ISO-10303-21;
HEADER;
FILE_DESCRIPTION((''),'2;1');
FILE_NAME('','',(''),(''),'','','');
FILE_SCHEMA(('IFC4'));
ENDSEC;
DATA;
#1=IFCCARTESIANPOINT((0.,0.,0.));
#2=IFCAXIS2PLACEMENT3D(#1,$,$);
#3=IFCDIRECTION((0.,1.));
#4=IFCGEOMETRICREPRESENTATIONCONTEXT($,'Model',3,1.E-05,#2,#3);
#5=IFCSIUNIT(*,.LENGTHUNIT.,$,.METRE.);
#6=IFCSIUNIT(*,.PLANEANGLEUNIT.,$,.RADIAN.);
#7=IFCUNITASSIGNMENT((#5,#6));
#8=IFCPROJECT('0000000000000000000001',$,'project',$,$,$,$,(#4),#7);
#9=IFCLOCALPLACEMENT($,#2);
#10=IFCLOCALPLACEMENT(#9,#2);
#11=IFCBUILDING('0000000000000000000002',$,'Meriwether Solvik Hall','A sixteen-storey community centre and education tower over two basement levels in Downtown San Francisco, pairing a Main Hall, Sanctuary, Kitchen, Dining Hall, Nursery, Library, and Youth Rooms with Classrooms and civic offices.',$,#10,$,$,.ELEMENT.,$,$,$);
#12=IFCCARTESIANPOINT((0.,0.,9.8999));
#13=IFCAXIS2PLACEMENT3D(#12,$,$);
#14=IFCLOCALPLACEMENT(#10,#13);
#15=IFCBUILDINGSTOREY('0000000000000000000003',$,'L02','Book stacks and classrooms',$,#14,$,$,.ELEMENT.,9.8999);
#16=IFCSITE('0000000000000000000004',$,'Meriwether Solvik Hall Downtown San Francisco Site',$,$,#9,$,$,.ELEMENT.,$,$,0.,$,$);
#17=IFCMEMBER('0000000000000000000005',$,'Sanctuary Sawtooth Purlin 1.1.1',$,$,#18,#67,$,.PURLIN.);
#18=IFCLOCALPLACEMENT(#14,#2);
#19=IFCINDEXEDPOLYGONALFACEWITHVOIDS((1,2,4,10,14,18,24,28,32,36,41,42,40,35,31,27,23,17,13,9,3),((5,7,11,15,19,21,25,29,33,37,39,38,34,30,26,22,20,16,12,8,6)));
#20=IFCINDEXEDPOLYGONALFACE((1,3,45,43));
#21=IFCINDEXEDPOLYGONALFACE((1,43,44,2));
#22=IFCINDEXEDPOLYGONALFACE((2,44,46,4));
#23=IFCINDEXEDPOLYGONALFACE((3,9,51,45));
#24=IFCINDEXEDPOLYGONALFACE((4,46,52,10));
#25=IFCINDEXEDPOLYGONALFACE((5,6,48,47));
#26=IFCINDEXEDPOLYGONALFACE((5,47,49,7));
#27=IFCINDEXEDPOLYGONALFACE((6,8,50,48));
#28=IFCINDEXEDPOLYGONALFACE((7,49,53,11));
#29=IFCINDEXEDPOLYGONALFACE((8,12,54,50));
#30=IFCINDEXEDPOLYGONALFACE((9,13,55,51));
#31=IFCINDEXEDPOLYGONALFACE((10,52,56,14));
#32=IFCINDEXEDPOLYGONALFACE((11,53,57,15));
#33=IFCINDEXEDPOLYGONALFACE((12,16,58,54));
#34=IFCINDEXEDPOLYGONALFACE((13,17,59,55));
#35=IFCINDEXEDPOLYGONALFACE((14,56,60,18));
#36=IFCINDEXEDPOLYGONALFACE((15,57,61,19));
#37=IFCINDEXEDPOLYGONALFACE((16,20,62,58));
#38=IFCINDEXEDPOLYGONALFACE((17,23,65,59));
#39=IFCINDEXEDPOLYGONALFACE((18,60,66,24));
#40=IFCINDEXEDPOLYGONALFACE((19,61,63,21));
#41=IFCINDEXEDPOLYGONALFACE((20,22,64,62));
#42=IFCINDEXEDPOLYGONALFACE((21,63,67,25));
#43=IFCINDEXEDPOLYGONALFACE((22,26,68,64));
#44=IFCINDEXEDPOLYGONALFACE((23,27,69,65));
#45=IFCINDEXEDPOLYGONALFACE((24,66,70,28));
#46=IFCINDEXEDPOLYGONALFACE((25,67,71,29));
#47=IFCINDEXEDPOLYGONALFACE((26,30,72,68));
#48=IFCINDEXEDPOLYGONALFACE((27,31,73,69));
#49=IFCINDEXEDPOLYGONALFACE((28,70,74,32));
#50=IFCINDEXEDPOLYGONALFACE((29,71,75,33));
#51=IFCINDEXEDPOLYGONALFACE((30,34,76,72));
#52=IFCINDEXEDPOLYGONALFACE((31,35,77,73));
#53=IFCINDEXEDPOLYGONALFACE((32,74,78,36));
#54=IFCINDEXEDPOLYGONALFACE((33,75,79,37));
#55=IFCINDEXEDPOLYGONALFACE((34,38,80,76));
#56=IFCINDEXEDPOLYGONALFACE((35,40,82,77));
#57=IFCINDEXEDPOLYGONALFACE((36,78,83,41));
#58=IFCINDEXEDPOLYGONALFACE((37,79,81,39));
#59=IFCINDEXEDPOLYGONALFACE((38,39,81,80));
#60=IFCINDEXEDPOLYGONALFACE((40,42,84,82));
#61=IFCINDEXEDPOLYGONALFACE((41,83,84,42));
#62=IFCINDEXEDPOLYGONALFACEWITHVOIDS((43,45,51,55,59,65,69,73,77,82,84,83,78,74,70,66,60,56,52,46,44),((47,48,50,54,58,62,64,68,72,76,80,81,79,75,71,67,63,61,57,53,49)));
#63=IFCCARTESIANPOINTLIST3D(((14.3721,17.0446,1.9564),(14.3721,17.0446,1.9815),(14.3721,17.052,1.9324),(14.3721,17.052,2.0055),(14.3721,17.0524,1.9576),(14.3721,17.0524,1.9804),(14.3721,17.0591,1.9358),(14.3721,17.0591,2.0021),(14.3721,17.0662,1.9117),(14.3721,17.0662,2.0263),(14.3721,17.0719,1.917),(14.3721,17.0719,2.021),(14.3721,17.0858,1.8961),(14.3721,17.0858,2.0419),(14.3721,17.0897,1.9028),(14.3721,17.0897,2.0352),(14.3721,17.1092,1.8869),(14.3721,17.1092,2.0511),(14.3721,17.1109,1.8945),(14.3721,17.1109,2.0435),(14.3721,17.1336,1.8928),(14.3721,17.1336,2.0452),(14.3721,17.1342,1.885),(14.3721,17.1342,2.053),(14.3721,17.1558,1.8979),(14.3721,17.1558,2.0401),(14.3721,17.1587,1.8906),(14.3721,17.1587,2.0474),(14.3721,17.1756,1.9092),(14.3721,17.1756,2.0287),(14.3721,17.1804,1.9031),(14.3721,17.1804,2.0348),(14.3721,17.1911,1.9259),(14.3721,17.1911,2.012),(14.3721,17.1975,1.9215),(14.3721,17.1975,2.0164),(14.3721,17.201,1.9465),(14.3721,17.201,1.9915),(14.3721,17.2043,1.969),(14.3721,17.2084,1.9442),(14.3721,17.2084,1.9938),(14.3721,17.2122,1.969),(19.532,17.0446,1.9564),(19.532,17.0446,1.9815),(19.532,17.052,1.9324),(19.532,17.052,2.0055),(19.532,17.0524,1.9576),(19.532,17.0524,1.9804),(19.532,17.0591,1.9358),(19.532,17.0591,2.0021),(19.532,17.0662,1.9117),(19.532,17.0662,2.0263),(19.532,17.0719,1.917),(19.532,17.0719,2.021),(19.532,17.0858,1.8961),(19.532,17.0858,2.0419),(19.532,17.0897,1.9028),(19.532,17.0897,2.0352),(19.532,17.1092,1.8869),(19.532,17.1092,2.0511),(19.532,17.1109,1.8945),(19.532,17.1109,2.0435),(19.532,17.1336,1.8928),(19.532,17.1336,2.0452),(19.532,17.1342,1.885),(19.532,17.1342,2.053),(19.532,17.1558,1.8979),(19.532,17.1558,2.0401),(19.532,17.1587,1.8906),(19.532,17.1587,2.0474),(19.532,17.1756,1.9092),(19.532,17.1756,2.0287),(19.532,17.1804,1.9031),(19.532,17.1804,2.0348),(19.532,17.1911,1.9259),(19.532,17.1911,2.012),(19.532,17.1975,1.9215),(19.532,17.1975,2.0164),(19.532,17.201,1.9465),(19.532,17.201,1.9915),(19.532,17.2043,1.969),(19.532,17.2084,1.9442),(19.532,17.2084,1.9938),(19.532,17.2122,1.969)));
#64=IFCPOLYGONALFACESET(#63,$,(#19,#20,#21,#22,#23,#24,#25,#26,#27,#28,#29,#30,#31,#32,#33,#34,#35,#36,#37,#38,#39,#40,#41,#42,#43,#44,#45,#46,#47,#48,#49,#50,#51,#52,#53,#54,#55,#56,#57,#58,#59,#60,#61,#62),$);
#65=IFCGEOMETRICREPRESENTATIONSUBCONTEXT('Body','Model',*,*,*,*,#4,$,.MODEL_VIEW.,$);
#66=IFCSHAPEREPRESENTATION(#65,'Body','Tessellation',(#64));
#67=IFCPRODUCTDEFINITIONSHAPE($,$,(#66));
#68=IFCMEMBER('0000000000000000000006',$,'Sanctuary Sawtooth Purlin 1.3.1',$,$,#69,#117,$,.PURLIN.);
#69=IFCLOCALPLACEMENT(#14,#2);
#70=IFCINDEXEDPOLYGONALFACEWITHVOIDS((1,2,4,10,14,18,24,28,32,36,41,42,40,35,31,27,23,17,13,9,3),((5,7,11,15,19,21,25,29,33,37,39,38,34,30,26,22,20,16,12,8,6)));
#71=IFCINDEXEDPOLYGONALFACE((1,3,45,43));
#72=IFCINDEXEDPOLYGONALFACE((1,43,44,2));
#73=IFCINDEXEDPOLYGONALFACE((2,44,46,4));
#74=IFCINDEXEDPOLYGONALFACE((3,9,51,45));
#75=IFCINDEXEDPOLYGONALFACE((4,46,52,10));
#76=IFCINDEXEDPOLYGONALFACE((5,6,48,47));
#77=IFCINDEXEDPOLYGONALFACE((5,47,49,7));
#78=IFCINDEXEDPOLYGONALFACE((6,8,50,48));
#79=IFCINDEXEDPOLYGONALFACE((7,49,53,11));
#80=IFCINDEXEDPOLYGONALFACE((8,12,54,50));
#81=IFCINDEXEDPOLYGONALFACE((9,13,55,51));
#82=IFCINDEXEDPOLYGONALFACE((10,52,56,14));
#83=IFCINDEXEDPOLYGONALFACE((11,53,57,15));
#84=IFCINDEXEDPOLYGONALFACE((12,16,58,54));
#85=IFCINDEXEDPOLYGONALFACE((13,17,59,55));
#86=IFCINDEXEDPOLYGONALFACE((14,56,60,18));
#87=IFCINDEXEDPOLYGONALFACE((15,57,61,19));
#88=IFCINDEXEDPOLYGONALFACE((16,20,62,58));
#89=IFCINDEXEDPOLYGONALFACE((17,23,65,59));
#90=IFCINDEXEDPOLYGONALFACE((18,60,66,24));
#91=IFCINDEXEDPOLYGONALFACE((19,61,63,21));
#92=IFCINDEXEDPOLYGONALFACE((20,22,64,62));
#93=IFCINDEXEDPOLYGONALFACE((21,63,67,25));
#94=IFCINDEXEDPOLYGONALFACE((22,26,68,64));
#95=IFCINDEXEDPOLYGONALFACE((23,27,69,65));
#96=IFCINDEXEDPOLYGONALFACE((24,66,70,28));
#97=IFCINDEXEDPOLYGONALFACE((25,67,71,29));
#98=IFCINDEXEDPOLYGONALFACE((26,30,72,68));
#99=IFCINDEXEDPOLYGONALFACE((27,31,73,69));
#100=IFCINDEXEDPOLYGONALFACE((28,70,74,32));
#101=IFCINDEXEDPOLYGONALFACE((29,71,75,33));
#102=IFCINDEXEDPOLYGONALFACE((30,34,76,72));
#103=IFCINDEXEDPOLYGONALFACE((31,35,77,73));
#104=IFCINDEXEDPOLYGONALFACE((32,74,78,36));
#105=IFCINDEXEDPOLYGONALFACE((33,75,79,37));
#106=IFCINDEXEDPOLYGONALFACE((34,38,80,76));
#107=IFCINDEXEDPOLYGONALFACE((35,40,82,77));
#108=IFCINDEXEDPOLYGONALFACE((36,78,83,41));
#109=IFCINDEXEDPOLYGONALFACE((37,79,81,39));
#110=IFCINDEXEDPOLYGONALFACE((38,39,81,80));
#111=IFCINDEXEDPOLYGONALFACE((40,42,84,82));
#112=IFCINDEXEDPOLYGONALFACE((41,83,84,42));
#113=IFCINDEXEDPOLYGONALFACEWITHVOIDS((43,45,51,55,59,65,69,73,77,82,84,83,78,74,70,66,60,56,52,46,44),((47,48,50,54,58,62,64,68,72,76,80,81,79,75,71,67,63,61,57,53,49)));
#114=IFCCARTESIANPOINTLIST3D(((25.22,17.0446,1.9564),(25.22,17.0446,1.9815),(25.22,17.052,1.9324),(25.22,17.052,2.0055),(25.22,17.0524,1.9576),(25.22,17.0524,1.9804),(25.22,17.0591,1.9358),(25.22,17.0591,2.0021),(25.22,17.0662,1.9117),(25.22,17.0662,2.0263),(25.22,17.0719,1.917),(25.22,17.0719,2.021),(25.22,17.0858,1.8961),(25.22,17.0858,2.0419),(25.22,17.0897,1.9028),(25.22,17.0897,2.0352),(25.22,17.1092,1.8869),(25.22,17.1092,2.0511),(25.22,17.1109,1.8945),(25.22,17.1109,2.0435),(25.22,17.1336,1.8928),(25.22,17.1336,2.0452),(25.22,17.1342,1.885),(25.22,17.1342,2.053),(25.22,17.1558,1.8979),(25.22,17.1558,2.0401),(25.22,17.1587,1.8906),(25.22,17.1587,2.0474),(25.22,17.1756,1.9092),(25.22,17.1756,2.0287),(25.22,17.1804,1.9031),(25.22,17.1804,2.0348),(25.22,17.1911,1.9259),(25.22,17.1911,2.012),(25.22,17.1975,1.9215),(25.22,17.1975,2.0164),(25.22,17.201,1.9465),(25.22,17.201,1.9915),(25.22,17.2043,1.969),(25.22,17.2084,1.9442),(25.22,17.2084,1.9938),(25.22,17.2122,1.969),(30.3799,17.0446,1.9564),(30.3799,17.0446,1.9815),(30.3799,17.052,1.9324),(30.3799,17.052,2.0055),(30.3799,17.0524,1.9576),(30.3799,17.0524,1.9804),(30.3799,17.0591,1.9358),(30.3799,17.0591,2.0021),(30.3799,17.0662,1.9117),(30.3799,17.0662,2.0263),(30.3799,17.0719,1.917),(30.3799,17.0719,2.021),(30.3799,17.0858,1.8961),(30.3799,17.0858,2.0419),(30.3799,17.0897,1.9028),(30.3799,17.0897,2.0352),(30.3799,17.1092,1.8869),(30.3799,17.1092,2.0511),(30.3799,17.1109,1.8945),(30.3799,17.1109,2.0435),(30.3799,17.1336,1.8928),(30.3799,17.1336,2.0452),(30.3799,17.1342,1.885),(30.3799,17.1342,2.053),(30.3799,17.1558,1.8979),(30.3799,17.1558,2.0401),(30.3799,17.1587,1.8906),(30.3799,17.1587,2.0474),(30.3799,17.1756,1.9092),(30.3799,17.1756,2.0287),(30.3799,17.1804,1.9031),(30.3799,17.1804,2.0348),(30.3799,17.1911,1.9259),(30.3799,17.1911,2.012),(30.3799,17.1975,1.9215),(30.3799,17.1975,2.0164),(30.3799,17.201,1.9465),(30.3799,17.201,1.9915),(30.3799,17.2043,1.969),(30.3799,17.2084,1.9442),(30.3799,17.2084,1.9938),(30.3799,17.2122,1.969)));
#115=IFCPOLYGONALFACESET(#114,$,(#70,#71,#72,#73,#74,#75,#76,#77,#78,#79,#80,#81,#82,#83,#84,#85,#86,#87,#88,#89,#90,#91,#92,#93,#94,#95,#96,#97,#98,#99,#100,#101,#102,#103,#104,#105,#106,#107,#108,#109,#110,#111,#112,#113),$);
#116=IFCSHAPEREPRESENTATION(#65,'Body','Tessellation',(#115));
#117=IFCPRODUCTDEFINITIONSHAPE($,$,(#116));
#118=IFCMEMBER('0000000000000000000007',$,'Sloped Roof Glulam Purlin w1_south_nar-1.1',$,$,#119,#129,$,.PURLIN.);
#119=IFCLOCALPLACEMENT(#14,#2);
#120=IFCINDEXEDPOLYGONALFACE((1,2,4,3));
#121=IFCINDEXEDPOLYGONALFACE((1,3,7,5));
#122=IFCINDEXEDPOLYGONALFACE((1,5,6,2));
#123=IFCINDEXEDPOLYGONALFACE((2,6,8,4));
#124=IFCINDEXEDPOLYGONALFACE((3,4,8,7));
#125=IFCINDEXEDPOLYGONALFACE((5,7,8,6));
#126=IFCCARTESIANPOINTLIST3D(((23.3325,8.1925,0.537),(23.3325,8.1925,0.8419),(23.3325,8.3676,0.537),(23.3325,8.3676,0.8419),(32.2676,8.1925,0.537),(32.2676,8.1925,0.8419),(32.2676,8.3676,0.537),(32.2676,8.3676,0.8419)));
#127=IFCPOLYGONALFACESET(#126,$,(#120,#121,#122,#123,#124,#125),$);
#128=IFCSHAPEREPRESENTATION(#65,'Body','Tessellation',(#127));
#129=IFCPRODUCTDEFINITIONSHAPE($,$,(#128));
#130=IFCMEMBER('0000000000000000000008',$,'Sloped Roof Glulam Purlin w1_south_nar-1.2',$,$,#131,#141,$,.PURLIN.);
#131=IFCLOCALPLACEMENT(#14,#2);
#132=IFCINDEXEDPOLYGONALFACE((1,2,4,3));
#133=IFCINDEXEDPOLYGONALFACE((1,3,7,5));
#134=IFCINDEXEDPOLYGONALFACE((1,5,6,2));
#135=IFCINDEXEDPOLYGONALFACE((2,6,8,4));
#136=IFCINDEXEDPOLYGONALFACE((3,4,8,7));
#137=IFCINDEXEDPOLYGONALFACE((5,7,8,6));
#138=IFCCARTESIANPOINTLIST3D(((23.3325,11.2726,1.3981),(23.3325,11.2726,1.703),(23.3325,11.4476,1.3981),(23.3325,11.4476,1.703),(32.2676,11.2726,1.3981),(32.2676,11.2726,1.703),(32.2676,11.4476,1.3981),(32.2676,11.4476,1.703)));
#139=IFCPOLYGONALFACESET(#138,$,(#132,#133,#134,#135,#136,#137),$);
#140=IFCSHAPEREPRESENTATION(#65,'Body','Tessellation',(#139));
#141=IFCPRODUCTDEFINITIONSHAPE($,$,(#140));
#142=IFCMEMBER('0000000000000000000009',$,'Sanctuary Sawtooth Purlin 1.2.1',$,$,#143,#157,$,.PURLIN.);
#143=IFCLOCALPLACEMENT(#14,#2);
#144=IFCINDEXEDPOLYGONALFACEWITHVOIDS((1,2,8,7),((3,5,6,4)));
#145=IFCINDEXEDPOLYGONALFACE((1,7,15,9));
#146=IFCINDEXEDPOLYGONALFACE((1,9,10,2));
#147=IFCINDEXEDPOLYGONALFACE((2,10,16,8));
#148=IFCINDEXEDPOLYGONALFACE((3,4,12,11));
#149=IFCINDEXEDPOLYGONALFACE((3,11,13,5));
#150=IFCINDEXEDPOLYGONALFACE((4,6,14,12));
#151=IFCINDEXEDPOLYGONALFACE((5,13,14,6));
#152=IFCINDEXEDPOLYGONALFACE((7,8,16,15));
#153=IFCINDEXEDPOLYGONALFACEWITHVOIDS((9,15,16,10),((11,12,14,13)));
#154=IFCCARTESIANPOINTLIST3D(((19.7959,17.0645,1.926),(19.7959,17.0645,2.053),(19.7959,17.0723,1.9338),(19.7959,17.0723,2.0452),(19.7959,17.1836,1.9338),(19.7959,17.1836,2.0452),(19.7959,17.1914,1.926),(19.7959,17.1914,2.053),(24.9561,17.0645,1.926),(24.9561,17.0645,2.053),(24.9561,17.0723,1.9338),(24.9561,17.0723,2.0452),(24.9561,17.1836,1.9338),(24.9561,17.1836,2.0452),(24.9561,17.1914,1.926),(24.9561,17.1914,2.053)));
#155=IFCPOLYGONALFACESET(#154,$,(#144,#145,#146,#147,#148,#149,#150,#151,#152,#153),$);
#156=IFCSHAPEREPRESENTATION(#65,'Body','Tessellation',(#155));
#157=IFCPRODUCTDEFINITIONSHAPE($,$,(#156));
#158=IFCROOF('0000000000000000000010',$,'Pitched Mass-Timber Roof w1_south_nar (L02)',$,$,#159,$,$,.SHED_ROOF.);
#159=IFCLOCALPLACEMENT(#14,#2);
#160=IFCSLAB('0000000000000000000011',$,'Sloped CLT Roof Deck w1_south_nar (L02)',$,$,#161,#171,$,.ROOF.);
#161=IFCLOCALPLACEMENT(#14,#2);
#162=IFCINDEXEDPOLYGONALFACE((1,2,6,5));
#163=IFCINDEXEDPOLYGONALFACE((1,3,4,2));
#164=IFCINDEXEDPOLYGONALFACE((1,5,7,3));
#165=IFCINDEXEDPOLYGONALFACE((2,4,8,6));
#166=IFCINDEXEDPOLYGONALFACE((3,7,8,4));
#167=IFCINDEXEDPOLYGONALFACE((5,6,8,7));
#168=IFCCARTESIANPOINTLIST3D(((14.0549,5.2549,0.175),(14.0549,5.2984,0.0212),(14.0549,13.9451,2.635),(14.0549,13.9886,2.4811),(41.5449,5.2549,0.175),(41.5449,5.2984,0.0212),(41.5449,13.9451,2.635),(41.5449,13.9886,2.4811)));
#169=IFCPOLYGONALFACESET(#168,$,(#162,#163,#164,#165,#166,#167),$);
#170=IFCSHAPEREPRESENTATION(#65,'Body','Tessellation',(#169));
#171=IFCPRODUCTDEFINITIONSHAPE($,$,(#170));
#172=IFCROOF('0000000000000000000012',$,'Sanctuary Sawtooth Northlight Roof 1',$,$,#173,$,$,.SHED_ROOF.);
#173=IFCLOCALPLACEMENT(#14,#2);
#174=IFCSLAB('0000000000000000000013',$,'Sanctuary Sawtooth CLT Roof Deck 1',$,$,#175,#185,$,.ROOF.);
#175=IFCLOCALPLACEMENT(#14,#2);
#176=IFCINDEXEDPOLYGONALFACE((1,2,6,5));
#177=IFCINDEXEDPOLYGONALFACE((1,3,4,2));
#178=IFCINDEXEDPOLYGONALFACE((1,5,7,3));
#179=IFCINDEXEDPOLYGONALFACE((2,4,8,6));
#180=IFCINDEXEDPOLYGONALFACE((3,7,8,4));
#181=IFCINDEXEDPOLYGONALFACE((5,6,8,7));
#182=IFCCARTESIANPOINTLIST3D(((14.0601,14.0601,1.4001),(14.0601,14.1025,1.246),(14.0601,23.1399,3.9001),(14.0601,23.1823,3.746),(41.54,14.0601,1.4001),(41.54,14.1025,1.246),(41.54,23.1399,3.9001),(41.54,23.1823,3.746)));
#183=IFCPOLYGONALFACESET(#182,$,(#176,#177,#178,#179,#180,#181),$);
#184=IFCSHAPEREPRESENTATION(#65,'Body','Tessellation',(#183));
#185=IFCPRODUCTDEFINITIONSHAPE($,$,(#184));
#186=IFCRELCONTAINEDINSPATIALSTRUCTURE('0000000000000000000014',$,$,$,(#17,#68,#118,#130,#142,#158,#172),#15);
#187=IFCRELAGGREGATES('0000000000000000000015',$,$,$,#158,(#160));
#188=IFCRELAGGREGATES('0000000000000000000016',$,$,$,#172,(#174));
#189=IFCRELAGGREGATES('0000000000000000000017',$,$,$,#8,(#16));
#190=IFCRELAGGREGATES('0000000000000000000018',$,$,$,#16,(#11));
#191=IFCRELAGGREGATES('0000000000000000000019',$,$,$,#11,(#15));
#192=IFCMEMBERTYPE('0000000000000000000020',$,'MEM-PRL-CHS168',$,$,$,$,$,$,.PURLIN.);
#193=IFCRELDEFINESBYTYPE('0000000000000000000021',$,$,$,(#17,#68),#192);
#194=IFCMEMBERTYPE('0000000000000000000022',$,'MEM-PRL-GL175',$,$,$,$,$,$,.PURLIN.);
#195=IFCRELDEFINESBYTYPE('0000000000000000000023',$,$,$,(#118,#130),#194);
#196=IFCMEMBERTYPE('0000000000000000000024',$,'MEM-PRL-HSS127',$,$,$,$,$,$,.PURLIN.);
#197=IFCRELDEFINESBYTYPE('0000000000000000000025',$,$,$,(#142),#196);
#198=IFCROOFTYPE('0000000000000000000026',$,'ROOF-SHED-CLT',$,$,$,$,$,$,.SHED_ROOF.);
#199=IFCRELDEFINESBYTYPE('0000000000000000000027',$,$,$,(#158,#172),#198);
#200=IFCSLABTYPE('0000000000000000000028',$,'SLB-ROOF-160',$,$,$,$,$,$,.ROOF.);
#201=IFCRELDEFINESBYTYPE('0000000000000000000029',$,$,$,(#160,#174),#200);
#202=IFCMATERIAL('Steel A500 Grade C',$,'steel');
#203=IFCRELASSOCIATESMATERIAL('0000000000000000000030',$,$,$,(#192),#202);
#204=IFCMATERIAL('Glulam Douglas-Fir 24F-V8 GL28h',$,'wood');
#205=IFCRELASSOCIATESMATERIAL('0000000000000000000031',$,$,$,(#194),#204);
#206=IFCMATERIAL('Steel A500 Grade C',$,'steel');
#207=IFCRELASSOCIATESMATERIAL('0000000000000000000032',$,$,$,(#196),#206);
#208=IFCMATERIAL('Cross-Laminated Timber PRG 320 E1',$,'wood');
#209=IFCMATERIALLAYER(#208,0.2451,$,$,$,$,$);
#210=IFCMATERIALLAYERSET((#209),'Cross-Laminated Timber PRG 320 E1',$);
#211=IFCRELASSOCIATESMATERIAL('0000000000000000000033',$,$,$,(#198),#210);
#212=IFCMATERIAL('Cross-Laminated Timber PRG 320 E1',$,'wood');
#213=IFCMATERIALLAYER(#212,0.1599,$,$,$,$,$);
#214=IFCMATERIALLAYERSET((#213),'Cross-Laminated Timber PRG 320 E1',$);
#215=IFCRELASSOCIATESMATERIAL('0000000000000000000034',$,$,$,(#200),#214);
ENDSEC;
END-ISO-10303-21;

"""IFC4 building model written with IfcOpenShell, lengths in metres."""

from ifc_helpers import new_model, si_unit, direction, frame, origin, origin_2d, place, context, subcontext, project, spatial, polyline, rectangle, hollow_rectangle, hollow_circle, outline, extrude, material, layer, layer_set, material_profile, profile_set, type_object, element, aggregate, save


model = new_model("IFC4")

# Units and contexts
model_context = context("Model", 3, precision=1e-05, world=origin(), true_north=direction((0.0, 1.0)))
body_context = subcontext(model_context, "Body", "Model", "MODEL_VIEW")
ifc_project = project(units=[si_unit("LENGTHUNIT", "METRE"), si_unit("PLANEANGLEUNIT", "RADIAN")], contexts=[model_context])

# Site, building, storey
site_placement = place(None, origin())
site = spatial("IfcSite", under=ifc_project, at=site_placement, Name="Meriwether Solvik Hall Downtown San Francisco Site", CompositionType="ELEMENT", RefElevation=0.0)
building_placement = place(site_placement, origin())
building = spatial("IfcBuilding", under=site, at=building_placement, Name="Meriwether Solvik Hall", Description="A sixteen-storey community centre and education tower over two basement levels in Downtown San Francisco, pairing a Main Hall, Sanctuary, Kitchen, Dining Hall, Nursery, Library, and Youth Rooms with Classrooms and civic offices.", CompositionType="ELEMENT")
storey_placement = place(building_placement, frame((0.0, 0.0, 9.8999)))
storey = spatial("IfcBuildingStorey", under=building, at=storey_placement, Name="L02", Description="Book stacks and classrooms", CompositionType="ELEMENT", Elevation=9.8999)

# Members
ifc_material_1 = material(Name="Steel A500 Grade C", Category="steel")
ifc_material_profile_1 = material_profile(ifc_material_1, hollow_circle(Radius=0.0842, WallThickness=0.0078, at=origin_2d()), Name="CHS168X7.9")
ifc_profile_set_1 = profile_set([ifc_material_profile_1], Name="Steel A500 Grade C")
member_type_1 = type_object("IfcMemberType", Name="MEM-PRL-CHS168", PredefinedType="PURLIN", material=ifc_profile_set_1)
for number, where, z_axis, x_axis, name in (
    (1, (14.3721, 17.1279, 1.969), (1.0, 0.0, 0.0), (0.0, 1.0, 0.0), "Sanctuary Sawtooth Purlin 1.1.1"),
    (2, (25.22, 17.1279, 1.969), (1.0, 0.0, 0.0), (0.0, 1.0, 0.0), "Sanctuary Sawtooth Purlin 1.3.1"),
):
    element("IfcMember", number, at=place(storey_placement, frame(where, z_axis=z_axis, x_axis=x_axis)), inside=storey, type_object=member_type_1, Name=name, PredefinedType="PURLIN", context=body_context, shape_type="SweptSolid", body=[
        extrude(hollow_circle(Radius=0.0842, WallThickness=0.0078, at=origin_2d()), origin(), (0.0, 0.0, 1.0), 5.1599),
    ])
ifc_material_2 = material(Name="Glulam Douglas-Fir 24F-V8 GL28h", Category="wood")
ifc_material_profile_2 = material_profile(ifc_material_2, rectangle(XDim=0.175, YDim=0.3049, at=origin_2d()), Name="GLM-175X305")
ifc_profile_set_2 = profile_set([ifc_material_profile_2], Name="Glulam Douglas-Fir 24F-V8 GL28h")
member_type_2 = type_object("IfcMemberType", Name="MEM-PRL-GL175", PredefinedType="PURLIN", material=ifc_profile_set_2)
for number, where, z_axis, x_axis, name in (
    (3, (23.3325, 8.28, 0.6895), (1.0, 0.0, 0.0), (0.0, 1.0, 0.0), "Sloped Roof Glulam Purlin w1_south_nar-1.1"),
    (4, (23.3325, 11.3601, 1.5505), (1.0, 0.0, 0.0), (0.0, 1.0, 0.0), "Sloped Roof Glulam Purlin w1_south_nar-1.2"),
):
    element("IfcMember", number, at=place(storey_placement, frame(where, z_axis=z_axis, x_axis=x_axis)), inside=storey, type_object=member_type_2, Name=name, PredefinedType="PURLIN", context=body_context, shape_type="SweptSolid", body=[
        extrude(rectangle(XDim=0.175, YDim=0.3049, at=origin_2d()), origin(), (0.0, 0.0, 1.0), 8.9351),
    ])
ifc_material_3 = material(Name="Steel A500 Grade C", Category="steel")
ifc_material_profile_3 = material_profile(ifc_material_3, hollow_rectangle(XDim=0.127, YDim=0.127, WallThickness=0.0078, at=origin_2d()), Name="HSS127X127X7.9")
ifc_profile_set_3 = profile_set([ifc_material_profile_3], Name="Steel A500 Grade C")
member_type_3 = type_object("IfcMemberType", Name="MEM-PRL-HSS127", PredefinedType="PURLIN", material=ifc_profile_set_3)
member_1_placement = place(storey_placement, frame((19.7959, 17.1279, 1.9895), z_axis=(1.0, 0.0, 0.0), x_axis=(0.0, 1.0, 0.0)))
element("IfcMember", 5, at=member_1_placement, inside=storey, type_object=member_type_3, Name="Sanctuary Sawtooth Purlin 1.2.1", PredefinedType="PURLIN", context=body_context, shape_type="SweptSolid", body=[
    extrude(hollow_rectangle(XDim=0.127, YDim=0.127, WallThickness=0.0078, at=origin_2d()), origin(), (0.0, 0.0, 1.0), 5.1602),
])

# Roofs, slabs
ifc_material_4 = material(Name="Cross-Laminated Timber PRG 320 E1", Category="wood")
ifc_layer_1 = layer(ifc_material_4, 0.2451)
ifc_layer_set_1 = layer_set([ifc_layer_1], Name="Cross-Laminated Timber PRG 320 E1")
roof_type = type_object("IfcRoofType", Name="ROOF-SHED-CLT", PredefinedType="SHED_ROOF", material=ifc_layer_set_1)
roof_1_placement = place(storey_placement, origin())
roof_1 = element("IfcRoof", 6, at=roof_1_placement, inside=storey, type_object=roof_type, Name="Pitched Mass-Timber Roof w1_south_nar (L02)", PredefinedType="SHED_ROOF")
ifc_material_5 = material(Name="Cross-Laminated Timber PRG 320 E1", Category="wood")
ifc_layer_2 = layer(ifc_material_5, 0.1599)
ifc_layer_set_2 = layer_set([ifc_layer_2], Name="Cross-Laminated Timber PRG 320 E1")
slab_type = type_object("IfcSlabType", Name="SLB-ROOF-160", PredefinedType="ROOF", material=ifc_layer_set_2)
slab_1_placement = place(storey_placement, frame((14.0549, 5.2549, 0.175), z_axis=(0.0, -0.272371, 0.962192), x_axis=(1.0, 0.0, 0.0)))
slab_1 = element("IfcSlab", 7, at=slab_1_placement, type_object=slab_type, Name="Sloped CLT Roof Deck w1_south_nar (L02)", PredefinedType="ROOF", context=body_context, shape_type="SweptSolid", body=[
    extrude(outline(polyline([(0.0, 0.0), (27.49, 0.0), (27.49, 9.0317), (0.0, 9.0317), (0.0, 0.0)])), origin(), (0.0, 0.0, -1.0), 0.1599),
])
aggregate(roof_1, [slab_1])
roof_2_placement = place(storey_placement, origin())
roof_2 = element("IfcRoof", 8, at=roof_2_placement, inside=storey, type_object=roof_type, Name="Sanctuary Sawtooth Northlight Roof 1", PredefinedType="SHED_ROOF")
slab_2_placement = place(storey_placement, frame((14.0601, 14.0601, 1.4001), z_axis=(0.0, -0.265457, 0.964123), x_axis=(1.0, 0.0, 0.0)))
slab_2 = element("IfcSlab", 9, at=slab_2_placement, type_object=slab_type, Name="Sanctuary Sawtooth CLT Roof Deck 1", PredefinedType="ROOF", context=body_context, shape_type="SweptSolid", body=[
    extrude(outline(polyline([(0.0, 0.0), (27.48, 0.0), (27.48, 9.4177), (0.0, 9.4177), (0.0, 0.0)])), origin(), (0.0, 0.0, -1.0), 0.1599),
])
aggregate(roof_2, [slab_2])

save(model, "model.ifc")
